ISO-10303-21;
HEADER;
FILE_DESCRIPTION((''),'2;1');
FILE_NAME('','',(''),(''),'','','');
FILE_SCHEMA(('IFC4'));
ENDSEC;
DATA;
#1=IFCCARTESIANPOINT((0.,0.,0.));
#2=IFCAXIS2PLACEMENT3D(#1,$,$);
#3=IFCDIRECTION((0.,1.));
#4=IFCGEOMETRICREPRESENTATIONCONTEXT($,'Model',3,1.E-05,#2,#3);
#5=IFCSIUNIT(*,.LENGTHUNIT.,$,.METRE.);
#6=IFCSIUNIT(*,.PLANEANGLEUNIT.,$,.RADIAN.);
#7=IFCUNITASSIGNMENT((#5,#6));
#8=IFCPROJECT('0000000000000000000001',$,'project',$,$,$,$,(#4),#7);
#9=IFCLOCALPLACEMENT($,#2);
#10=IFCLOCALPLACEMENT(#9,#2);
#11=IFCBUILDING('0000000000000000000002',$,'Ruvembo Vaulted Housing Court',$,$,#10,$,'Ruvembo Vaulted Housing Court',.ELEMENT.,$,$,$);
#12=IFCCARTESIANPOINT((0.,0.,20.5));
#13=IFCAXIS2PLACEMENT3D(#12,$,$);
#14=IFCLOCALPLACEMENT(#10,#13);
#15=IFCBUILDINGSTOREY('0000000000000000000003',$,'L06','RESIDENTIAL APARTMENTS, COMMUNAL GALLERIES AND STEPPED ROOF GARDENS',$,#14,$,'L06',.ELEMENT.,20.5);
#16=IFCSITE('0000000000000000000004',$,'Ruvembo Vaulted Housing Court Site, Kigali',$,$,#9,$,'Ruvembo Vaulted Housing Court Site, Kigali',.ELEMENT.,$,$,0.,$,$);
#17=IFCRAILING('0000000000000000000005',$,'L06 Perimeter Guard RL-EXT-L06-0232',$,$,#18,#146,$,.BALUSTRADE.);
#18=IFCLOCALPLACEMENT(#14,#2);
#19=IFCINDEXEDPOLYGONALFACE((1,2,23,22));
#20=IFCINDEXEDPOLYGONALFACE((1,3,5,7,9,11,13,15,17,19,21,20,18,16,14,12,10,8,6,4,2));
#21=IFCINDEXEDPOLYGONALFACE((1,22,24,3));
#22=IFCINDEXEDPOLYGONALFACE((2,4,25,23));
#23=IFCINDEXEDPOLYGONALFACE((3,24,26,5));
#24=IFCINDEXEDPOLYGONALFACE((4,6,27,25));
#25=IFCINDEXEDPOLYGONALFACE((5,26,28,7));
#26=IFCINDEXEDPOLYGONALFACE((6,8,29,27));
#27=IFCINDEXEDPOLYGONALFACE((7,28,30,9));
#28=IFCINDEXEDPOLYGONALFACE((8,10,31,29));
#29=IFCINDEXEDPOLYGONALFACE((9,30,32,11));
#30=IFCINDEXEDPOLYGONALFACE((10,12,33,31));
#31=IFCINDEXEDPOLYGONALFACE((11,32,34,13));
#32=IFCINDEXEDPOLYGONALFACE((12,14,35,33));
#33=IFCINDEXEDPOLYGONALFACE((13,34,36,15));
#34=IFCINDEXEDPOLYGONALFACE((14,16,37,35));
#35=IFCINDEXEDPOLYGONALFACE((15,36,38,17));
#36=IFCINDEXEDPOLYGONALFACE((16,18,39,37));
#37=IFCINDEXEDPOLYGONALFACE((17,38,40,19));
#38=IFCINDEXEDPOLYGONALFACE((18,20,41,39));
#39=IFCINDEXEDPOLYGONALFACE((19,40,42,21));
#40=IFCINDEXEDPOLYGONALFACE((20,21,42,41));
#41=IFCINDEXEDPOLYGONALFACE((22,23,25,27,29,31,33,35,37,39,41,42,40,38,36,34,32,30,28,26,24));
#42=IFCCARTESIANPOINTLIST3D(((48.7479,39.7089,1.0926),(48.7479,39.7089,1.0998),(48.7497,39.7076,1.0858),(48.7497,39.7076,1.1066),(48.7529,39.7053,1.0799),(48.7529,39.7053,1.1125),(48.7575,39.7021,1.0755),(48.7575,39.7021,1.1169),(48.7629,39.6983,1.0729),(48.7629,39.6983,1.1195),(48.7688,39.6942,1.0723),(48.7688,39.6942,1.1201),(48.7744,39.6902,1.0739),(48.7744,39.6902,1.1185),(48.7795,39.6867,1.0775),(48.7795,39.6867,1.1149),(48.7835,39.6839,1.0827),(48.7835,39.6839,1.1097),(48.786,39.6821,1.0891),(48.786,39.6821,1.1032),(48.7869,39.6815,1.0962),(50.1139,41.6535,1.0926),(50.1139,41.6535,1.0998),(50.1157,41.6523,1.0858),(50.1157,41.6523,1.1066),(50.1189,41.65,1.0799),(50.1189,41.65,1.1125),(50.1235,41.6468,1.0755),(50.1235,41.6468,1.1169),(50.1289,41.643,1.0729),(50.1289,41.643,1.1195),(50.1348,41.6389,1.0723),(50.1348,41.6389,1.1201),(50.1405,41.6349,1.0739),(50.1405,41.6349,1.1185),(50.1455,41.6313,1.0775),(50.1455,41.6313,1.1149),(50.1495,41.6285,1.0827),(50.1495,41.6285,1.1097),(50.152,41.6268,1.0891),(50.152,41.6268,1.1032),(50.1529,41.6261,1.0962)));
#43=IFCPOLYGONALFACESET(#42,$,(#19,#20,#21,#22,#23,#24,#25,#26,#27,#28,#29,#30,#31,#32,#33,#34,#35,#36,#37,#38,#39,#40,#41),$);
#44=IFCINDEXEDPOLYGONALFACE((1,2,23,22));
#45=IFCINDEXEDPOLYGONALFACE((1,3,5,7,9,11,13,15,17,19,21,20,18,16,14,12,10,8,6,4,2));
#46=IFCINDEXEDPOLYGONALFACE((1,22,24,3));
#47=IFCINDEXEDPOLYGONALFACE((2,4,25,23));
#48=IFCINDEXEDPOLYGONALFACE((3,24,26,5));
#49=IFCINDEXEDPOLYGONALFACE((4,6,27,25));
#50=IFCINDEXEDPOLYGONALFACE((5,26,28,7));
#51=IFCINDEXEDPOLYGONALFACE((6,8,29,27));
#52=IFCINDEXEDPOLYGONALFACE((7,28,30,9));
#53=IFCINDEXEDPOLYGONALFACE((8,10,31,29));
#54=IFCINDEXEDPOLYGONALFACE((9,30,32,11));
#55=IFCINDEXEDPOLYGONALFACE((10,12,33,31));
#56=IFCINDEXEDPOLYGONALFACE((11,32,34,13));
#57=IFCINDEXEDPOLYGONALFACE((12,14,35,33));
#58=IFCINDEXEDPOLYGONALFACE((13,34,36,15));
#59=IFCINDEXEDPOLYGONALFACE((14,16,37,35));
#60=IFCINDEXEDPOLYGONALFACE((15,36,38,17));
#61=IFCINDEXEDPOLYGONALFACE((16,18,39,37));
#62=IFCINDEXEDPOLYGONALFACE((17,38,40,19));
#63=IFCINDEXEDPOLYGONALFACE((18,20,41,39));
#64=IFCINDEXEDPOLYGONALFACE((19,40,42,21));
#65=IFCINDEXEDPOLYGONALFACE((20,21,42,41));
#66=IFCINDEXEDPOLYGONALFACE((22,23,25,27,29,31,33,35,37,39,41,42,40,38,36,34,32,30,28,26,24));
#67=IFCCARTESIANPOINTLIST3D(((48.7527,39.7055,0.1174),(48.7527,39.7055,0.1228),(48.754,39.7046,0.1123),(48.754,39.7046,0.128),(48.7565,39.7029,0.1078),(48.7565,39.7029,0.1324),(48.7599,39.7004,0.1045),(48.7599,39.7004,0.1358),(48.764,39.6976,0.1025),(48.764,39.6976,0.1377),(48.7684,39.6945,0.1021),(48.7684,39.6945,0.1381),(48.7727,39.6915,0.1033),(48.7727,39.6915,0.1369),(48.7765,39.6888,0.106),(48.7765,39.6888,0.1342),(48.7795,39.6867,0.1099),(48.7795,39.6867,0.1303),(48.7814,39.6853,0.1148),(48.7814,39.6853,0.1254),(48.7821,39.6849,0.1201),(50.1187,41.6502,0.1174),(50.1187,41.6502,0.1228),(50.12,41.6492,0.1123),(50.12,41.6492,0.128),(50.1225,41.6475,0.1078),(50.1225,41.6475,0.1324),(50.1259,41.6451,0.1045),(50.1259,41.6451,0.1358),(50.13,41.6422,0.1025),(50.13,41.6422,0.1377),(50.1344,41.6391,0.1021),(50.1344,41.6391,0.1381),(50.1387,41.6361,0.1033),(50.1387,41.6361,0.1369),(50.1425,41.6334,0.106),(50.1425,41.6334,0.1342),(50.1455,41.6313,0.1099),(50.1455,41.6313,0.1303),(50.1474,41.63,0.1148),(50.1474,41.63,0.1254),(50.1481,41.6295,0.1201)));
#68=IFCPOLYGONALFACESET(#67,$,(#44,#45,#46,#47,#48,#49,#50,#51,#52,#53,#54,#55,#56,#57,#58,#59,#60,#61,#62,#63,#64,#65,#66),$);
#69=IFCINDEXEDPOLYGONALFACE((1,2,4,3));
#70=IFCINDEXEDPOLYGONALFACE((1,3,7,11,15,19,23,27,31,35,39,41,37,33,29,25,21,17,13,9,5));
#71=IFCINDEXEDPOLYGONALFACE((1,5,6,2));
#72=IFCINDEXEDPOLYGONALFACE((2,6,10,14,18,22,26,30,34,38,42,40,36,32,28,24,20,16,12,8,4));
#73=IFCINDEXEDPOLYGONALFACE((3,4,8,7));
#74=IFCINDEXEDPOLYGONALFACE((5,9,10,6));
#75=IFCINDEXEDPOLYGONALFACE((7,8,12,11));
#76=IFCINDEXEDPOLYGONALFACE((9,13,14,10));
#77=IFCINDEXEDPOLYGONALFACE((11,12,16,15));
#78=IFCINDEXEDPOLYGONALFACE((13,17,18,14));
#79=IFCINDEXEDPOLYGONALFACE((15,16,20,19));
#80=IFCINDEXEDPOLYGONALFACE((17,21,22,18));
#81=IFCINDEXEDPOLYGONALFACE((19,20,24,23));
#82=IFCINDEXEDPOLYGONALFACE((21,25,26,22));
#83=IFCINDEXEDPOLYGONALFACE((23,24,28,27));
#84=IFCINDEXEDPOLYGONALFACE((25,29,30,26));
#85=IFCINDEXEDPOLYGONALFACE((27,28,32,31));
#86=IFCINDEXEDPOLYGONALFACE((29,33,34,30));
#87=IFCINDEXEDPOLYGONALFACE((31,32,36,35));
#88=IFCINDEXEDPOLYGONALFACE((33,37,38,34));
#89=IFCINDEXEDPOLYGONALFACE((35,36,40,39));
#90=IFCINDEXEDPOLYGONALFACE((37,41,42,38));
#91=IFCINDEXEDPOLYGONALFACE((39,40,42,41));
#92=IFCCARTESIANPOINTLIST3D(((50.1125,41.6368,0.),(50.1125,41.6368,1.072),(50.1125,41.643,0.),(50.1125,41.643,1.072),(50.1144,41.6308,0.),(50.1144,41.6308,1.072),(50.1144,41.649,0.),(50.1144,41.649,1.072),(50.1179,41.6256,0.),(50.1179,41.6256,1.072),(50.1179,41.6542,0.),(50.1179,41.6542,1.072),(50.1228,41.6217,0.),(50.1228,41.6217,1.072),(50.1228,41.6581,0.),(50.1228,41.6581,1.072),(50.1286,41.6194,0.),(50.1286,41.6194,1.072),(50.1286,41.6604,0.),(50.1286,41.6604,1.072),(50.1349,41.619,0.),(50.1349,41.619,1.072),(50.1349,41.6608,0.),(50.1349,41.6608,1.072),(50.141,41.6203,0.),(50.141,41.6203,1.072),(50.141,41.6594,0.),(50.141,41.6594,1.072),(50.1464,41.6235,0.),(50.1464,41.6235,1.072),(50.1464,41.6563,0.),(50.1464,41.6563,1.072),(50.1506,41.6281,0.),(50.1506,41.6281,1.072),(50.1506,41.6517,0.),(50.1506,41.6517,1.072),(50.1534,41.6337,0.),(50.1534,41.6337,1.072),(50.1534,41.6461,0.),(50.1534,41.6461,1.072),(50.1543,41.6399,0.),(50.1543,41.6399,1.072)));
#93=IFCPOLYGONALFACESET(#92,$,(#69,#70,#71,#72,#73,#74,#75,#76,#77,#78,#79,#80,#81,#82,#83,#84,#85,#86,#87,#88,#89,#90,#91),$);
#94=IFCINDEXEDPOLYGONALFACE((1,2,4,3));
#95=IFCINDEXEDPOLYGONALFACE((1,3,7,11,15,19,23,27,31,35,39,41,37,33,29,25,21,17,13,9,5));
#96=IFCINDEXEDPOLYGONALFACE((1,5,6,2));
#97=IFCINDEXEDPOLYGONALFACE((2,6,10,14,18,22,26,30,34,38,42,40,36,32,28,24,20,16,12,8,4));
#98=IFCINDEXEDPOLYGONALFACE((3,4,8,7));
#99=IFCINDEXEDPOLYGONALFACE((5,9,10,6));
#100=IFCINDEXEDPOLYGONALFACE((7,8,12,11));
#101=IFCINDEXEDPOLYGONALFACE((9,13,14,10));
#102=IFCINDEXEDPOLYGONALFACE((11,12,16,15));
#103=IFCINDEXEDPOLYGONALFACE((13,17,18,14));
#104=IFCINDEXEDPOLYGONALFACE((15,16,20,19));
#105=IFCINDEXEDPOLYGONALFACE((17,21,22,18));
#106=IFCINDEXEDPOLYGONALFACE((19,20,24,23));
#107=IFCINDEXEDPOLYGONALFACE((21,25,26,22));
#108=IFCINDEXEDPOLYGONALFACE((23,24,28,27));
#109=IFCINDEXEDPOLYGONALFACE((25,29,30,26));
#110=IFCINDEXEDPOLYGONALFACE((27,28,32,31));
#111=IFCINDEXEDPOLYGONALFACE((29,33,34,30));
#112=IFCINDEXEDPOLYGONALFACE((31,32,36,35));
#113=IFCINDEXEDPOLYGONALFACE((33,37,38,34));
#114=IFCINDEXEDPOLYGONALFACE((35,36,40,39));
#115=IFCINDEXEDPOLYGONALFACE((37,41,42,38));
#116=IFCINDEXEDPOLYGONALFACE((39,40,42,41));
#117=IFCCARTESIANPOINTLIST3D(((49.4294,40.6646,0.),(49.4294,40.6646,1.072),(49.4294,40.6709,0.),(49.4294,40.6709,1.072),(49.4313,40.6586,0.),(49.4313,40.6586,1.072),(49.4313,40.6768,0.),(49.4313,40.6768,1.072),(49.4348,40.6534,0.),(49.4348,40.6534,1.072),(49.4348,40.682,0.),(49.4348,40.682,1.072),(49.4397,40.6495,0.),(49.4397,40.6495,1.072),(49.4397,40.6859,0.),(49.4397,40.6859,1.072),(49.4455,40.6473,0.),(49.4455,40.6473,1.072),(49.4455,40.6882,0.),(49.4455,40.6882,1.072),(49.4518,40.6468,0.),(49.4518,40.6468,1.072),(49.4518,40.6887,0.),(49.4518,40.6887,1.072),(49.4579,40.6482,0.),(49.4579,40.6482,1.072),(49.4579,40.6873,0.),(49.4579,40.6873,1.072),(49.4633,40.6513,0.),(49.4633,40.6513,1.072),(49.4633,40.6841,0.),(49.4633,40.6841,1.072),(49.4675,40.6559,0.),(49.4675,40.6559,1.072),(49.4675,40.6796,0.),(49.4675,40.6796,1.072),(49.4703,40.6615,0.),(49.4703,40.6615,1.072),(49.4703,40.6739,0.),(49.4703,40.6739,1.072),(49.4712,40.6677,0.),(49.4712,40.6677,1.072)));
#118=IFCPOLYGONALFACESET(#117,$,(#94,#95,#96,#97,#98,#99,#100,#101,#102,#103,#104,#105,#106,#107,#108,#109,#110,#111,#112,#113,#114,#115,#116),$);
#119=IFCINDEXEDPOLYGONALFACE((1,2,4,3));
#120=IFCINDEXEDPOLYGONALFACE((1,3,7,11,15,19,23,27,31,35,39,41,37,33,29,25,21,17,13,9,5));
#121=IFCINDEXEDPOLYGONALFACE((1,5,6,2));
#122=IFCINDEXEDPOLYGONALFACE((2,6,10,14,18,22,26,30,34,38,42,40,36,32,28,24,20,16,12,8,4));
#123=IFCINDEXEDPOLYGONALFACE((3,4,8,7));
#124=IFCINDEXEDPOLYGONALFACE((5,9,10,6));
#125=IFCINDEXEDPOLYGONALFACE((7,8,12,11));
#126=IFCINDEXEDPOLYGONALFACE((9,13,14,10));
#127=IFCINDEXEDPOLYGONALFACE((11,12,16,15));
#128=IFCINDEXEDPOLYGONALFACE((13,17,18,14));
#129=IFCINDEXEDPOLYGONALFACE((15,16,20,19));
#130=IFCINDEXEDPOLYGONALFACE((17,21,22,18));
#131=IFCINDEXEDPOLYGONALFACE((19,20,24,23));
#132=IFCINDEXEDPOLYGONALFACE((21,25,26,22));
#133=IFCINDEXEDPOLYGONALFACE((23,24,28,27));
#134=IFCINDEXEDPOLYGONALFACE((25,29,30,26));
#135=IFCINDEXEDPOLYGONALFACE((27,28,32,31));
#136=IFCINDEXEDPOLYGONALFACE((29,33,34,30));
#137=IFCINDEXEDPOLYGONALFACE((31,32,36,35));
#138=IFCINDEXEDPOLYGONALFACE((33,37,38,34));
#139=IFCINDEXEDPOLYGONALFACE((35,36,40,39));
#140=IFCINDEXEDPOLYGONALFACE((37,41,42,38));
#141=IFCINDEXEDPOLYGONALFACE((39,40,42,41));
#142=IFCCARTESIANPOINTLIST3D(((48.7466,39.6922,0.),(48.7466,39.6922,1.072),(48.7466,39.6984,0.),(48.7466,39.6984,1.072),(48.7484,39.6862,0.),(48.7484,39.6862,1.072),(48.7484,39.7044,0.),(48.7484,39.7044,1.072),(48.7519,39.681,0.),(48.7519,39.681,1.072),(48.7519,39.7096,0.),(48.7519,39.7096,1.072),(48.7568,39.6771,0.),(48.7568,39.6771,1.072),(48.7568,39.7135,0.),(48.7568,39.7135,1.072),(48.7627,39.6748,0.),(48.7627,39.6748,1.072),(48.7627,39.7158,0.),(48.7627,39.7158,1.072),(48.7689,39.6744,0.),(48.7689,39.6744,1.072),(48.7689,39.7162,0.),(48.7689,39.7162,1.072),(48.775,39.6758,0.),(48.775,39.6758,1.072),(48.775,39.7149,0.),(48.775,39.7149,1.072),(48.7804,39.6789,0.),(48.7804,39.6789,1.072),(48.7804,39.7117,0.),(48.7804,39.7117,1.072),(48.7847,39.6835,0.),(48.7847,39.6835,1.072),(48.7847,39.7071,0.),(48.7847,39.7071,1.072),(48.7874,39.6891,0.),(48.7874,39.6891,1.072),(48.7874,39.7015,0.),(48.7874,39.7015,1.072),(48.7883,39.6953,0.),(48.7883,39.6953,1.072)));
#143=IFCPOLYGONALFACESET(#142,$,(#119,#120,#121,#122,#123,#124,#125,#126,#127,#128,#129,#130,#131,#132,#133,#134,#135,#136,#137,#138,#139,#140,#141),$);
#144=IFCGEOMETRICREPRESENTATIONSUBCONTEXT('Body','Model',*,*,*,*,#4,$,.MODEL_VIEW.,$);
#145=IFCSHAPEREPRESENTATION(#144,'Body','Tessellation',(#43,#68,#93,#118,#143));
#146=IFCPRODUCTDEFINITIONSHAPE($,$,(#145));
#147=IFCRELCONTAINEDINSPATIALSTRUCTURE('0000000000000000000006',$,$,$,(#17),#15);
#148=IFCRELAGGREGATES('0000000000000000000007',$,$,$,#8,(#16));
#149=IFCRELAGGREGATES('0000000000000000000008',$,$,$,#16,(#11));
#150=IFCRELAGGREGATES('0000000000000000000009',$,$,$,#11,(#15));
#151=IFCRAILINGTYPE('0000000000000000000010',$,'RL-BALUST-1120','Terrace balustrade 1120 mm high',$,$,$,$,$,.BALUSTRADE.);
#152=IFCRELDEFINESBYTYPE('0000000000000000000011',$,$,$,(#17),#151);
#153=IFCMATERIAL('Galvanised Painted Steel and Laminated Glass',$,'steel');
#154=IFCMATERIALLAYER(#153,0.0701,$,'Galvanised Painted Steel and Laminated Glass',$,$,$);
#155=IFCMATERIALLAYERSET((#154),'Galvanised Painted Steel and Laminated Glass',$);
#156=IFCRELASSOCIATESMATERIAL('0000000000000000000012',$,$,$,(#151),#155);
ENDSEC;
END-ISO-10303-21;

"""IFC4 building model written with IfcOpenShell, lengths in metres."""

from ifc_helpers import new_model, si_unit, direction, frame, origin, origin_2d, place, context, subcontext, project, spatial, circle, extrude, material, layer, layer_set, type_object, element, save


model = new_model("IFC4")

# Units and contexts
model_context = context("Model", 3, precision=1e-05, world=origin(), true_north=direction((0.0, 1.0)))
body_context = subcontext(model_context, "Body", "Model", "MODEL_VIEW")
ifc_project = project(units=[si_unit("LENGTHUNIT", "METRE"), si_unit("PLANEANGLEUNIT", "RADIAN")], contexts=[model_context])

# Site, building, storey
site_placement = place(None, origin())
site = spatial("IfcSite", under=ifc_project, at=site_placement, Name="Ruvembo Vaulted Housing Court Site, Kigali", LongName="Ruvembo Vaulted Housing Court Site, Kigali", CompositionType="ELEMENT", RefElevation=0.0)
building_placement = place(site_placement, origin())
building = spatial("IfcBuilding", under=site, at=building_placement, Name="Ruvembo Vaulted Housing Court", LongName="Ruvembo Vaulted Housing Court", CompositionType="ELEMENT")
storey_placement = place(building_placement, frame((0.0, 0.0, 20.5)))
storey = spatial("IfcBuildingStorey", under=building, at=storey_placement, Name="L06", Description="RESIDENTIAL APARTMENTS, COMMUNAL GALLERIES AND STEPPED ROOF GARDENS", LongName="L06", CompositionType="ELEMENT", Elevation=20.5)

# Railing
ifc_material_1 = material(Name="Galvanised Painted Steel and Laminated Glass", Category="steel")
ifc_layer = layer(ifc_material_1, 0.0701, Name="Galvanised Painted Steel and Laminated Glass")
ifc_layer_set = layer_set([ifc_layer], Name="Galvanised Painted Steel and Laminated Glass")
railing_type = type_object("IfcRailingType", Name="RL-BALUST-1120", Description="Terrace balustrade 1120 mm high", PredefinedType="BALUSTRADE", material=ifc_layer_set)
railing_1_placement = place(storey_placement, frame((50.1333, 41.6399, 0.0)))
element("IfcRailing", 1, at=railing_1_placement, inside=storey, type_object=railing_type, Name="L06 Perimeter Guard RL-EXT-L06-0232", PredefinedType="BALUSTRADE", context=body_context, shape_type="SweptSolid", body=[
    extrude(circle(Radius=0.0239, at=origin_2d()), frame((0.0, 0.0, 1.0962), z_axis=(-0.574806, -0.81829, 0.0), x_axis=(0.81829, -0.574806, 0.0)), (0.0, 0.0, 1.0), 2.3765),
    extrude(circle(Radius=0.0181, at=origin_2d()), frame((0.0, 0.0, 0.1201), z_axis=(-0.574806, -0.81829, 0.0), x_axis=(0.81829, -0.574806, 0.0)), (0.0, 0.0, 1.0), 2.3765),
    extrude(circle(Radius=0.021, at=origin_2d()), origin(), (0.0, 0.0, 1.0), 1.072),
    extrude(circle(Radius=0.021, at=origin_2d()), frame((-0.6831, -0.9722, 0.0)), (0.0, 0.0, 1.0), 1.072),
    extrude(circle(Radius=0.021, at=origin_2d()), frame((-1.366, -1.9446, 0.0)), (0.0, 0.0, 1.0), 1.072),
])

save(model, "model.ifc")
